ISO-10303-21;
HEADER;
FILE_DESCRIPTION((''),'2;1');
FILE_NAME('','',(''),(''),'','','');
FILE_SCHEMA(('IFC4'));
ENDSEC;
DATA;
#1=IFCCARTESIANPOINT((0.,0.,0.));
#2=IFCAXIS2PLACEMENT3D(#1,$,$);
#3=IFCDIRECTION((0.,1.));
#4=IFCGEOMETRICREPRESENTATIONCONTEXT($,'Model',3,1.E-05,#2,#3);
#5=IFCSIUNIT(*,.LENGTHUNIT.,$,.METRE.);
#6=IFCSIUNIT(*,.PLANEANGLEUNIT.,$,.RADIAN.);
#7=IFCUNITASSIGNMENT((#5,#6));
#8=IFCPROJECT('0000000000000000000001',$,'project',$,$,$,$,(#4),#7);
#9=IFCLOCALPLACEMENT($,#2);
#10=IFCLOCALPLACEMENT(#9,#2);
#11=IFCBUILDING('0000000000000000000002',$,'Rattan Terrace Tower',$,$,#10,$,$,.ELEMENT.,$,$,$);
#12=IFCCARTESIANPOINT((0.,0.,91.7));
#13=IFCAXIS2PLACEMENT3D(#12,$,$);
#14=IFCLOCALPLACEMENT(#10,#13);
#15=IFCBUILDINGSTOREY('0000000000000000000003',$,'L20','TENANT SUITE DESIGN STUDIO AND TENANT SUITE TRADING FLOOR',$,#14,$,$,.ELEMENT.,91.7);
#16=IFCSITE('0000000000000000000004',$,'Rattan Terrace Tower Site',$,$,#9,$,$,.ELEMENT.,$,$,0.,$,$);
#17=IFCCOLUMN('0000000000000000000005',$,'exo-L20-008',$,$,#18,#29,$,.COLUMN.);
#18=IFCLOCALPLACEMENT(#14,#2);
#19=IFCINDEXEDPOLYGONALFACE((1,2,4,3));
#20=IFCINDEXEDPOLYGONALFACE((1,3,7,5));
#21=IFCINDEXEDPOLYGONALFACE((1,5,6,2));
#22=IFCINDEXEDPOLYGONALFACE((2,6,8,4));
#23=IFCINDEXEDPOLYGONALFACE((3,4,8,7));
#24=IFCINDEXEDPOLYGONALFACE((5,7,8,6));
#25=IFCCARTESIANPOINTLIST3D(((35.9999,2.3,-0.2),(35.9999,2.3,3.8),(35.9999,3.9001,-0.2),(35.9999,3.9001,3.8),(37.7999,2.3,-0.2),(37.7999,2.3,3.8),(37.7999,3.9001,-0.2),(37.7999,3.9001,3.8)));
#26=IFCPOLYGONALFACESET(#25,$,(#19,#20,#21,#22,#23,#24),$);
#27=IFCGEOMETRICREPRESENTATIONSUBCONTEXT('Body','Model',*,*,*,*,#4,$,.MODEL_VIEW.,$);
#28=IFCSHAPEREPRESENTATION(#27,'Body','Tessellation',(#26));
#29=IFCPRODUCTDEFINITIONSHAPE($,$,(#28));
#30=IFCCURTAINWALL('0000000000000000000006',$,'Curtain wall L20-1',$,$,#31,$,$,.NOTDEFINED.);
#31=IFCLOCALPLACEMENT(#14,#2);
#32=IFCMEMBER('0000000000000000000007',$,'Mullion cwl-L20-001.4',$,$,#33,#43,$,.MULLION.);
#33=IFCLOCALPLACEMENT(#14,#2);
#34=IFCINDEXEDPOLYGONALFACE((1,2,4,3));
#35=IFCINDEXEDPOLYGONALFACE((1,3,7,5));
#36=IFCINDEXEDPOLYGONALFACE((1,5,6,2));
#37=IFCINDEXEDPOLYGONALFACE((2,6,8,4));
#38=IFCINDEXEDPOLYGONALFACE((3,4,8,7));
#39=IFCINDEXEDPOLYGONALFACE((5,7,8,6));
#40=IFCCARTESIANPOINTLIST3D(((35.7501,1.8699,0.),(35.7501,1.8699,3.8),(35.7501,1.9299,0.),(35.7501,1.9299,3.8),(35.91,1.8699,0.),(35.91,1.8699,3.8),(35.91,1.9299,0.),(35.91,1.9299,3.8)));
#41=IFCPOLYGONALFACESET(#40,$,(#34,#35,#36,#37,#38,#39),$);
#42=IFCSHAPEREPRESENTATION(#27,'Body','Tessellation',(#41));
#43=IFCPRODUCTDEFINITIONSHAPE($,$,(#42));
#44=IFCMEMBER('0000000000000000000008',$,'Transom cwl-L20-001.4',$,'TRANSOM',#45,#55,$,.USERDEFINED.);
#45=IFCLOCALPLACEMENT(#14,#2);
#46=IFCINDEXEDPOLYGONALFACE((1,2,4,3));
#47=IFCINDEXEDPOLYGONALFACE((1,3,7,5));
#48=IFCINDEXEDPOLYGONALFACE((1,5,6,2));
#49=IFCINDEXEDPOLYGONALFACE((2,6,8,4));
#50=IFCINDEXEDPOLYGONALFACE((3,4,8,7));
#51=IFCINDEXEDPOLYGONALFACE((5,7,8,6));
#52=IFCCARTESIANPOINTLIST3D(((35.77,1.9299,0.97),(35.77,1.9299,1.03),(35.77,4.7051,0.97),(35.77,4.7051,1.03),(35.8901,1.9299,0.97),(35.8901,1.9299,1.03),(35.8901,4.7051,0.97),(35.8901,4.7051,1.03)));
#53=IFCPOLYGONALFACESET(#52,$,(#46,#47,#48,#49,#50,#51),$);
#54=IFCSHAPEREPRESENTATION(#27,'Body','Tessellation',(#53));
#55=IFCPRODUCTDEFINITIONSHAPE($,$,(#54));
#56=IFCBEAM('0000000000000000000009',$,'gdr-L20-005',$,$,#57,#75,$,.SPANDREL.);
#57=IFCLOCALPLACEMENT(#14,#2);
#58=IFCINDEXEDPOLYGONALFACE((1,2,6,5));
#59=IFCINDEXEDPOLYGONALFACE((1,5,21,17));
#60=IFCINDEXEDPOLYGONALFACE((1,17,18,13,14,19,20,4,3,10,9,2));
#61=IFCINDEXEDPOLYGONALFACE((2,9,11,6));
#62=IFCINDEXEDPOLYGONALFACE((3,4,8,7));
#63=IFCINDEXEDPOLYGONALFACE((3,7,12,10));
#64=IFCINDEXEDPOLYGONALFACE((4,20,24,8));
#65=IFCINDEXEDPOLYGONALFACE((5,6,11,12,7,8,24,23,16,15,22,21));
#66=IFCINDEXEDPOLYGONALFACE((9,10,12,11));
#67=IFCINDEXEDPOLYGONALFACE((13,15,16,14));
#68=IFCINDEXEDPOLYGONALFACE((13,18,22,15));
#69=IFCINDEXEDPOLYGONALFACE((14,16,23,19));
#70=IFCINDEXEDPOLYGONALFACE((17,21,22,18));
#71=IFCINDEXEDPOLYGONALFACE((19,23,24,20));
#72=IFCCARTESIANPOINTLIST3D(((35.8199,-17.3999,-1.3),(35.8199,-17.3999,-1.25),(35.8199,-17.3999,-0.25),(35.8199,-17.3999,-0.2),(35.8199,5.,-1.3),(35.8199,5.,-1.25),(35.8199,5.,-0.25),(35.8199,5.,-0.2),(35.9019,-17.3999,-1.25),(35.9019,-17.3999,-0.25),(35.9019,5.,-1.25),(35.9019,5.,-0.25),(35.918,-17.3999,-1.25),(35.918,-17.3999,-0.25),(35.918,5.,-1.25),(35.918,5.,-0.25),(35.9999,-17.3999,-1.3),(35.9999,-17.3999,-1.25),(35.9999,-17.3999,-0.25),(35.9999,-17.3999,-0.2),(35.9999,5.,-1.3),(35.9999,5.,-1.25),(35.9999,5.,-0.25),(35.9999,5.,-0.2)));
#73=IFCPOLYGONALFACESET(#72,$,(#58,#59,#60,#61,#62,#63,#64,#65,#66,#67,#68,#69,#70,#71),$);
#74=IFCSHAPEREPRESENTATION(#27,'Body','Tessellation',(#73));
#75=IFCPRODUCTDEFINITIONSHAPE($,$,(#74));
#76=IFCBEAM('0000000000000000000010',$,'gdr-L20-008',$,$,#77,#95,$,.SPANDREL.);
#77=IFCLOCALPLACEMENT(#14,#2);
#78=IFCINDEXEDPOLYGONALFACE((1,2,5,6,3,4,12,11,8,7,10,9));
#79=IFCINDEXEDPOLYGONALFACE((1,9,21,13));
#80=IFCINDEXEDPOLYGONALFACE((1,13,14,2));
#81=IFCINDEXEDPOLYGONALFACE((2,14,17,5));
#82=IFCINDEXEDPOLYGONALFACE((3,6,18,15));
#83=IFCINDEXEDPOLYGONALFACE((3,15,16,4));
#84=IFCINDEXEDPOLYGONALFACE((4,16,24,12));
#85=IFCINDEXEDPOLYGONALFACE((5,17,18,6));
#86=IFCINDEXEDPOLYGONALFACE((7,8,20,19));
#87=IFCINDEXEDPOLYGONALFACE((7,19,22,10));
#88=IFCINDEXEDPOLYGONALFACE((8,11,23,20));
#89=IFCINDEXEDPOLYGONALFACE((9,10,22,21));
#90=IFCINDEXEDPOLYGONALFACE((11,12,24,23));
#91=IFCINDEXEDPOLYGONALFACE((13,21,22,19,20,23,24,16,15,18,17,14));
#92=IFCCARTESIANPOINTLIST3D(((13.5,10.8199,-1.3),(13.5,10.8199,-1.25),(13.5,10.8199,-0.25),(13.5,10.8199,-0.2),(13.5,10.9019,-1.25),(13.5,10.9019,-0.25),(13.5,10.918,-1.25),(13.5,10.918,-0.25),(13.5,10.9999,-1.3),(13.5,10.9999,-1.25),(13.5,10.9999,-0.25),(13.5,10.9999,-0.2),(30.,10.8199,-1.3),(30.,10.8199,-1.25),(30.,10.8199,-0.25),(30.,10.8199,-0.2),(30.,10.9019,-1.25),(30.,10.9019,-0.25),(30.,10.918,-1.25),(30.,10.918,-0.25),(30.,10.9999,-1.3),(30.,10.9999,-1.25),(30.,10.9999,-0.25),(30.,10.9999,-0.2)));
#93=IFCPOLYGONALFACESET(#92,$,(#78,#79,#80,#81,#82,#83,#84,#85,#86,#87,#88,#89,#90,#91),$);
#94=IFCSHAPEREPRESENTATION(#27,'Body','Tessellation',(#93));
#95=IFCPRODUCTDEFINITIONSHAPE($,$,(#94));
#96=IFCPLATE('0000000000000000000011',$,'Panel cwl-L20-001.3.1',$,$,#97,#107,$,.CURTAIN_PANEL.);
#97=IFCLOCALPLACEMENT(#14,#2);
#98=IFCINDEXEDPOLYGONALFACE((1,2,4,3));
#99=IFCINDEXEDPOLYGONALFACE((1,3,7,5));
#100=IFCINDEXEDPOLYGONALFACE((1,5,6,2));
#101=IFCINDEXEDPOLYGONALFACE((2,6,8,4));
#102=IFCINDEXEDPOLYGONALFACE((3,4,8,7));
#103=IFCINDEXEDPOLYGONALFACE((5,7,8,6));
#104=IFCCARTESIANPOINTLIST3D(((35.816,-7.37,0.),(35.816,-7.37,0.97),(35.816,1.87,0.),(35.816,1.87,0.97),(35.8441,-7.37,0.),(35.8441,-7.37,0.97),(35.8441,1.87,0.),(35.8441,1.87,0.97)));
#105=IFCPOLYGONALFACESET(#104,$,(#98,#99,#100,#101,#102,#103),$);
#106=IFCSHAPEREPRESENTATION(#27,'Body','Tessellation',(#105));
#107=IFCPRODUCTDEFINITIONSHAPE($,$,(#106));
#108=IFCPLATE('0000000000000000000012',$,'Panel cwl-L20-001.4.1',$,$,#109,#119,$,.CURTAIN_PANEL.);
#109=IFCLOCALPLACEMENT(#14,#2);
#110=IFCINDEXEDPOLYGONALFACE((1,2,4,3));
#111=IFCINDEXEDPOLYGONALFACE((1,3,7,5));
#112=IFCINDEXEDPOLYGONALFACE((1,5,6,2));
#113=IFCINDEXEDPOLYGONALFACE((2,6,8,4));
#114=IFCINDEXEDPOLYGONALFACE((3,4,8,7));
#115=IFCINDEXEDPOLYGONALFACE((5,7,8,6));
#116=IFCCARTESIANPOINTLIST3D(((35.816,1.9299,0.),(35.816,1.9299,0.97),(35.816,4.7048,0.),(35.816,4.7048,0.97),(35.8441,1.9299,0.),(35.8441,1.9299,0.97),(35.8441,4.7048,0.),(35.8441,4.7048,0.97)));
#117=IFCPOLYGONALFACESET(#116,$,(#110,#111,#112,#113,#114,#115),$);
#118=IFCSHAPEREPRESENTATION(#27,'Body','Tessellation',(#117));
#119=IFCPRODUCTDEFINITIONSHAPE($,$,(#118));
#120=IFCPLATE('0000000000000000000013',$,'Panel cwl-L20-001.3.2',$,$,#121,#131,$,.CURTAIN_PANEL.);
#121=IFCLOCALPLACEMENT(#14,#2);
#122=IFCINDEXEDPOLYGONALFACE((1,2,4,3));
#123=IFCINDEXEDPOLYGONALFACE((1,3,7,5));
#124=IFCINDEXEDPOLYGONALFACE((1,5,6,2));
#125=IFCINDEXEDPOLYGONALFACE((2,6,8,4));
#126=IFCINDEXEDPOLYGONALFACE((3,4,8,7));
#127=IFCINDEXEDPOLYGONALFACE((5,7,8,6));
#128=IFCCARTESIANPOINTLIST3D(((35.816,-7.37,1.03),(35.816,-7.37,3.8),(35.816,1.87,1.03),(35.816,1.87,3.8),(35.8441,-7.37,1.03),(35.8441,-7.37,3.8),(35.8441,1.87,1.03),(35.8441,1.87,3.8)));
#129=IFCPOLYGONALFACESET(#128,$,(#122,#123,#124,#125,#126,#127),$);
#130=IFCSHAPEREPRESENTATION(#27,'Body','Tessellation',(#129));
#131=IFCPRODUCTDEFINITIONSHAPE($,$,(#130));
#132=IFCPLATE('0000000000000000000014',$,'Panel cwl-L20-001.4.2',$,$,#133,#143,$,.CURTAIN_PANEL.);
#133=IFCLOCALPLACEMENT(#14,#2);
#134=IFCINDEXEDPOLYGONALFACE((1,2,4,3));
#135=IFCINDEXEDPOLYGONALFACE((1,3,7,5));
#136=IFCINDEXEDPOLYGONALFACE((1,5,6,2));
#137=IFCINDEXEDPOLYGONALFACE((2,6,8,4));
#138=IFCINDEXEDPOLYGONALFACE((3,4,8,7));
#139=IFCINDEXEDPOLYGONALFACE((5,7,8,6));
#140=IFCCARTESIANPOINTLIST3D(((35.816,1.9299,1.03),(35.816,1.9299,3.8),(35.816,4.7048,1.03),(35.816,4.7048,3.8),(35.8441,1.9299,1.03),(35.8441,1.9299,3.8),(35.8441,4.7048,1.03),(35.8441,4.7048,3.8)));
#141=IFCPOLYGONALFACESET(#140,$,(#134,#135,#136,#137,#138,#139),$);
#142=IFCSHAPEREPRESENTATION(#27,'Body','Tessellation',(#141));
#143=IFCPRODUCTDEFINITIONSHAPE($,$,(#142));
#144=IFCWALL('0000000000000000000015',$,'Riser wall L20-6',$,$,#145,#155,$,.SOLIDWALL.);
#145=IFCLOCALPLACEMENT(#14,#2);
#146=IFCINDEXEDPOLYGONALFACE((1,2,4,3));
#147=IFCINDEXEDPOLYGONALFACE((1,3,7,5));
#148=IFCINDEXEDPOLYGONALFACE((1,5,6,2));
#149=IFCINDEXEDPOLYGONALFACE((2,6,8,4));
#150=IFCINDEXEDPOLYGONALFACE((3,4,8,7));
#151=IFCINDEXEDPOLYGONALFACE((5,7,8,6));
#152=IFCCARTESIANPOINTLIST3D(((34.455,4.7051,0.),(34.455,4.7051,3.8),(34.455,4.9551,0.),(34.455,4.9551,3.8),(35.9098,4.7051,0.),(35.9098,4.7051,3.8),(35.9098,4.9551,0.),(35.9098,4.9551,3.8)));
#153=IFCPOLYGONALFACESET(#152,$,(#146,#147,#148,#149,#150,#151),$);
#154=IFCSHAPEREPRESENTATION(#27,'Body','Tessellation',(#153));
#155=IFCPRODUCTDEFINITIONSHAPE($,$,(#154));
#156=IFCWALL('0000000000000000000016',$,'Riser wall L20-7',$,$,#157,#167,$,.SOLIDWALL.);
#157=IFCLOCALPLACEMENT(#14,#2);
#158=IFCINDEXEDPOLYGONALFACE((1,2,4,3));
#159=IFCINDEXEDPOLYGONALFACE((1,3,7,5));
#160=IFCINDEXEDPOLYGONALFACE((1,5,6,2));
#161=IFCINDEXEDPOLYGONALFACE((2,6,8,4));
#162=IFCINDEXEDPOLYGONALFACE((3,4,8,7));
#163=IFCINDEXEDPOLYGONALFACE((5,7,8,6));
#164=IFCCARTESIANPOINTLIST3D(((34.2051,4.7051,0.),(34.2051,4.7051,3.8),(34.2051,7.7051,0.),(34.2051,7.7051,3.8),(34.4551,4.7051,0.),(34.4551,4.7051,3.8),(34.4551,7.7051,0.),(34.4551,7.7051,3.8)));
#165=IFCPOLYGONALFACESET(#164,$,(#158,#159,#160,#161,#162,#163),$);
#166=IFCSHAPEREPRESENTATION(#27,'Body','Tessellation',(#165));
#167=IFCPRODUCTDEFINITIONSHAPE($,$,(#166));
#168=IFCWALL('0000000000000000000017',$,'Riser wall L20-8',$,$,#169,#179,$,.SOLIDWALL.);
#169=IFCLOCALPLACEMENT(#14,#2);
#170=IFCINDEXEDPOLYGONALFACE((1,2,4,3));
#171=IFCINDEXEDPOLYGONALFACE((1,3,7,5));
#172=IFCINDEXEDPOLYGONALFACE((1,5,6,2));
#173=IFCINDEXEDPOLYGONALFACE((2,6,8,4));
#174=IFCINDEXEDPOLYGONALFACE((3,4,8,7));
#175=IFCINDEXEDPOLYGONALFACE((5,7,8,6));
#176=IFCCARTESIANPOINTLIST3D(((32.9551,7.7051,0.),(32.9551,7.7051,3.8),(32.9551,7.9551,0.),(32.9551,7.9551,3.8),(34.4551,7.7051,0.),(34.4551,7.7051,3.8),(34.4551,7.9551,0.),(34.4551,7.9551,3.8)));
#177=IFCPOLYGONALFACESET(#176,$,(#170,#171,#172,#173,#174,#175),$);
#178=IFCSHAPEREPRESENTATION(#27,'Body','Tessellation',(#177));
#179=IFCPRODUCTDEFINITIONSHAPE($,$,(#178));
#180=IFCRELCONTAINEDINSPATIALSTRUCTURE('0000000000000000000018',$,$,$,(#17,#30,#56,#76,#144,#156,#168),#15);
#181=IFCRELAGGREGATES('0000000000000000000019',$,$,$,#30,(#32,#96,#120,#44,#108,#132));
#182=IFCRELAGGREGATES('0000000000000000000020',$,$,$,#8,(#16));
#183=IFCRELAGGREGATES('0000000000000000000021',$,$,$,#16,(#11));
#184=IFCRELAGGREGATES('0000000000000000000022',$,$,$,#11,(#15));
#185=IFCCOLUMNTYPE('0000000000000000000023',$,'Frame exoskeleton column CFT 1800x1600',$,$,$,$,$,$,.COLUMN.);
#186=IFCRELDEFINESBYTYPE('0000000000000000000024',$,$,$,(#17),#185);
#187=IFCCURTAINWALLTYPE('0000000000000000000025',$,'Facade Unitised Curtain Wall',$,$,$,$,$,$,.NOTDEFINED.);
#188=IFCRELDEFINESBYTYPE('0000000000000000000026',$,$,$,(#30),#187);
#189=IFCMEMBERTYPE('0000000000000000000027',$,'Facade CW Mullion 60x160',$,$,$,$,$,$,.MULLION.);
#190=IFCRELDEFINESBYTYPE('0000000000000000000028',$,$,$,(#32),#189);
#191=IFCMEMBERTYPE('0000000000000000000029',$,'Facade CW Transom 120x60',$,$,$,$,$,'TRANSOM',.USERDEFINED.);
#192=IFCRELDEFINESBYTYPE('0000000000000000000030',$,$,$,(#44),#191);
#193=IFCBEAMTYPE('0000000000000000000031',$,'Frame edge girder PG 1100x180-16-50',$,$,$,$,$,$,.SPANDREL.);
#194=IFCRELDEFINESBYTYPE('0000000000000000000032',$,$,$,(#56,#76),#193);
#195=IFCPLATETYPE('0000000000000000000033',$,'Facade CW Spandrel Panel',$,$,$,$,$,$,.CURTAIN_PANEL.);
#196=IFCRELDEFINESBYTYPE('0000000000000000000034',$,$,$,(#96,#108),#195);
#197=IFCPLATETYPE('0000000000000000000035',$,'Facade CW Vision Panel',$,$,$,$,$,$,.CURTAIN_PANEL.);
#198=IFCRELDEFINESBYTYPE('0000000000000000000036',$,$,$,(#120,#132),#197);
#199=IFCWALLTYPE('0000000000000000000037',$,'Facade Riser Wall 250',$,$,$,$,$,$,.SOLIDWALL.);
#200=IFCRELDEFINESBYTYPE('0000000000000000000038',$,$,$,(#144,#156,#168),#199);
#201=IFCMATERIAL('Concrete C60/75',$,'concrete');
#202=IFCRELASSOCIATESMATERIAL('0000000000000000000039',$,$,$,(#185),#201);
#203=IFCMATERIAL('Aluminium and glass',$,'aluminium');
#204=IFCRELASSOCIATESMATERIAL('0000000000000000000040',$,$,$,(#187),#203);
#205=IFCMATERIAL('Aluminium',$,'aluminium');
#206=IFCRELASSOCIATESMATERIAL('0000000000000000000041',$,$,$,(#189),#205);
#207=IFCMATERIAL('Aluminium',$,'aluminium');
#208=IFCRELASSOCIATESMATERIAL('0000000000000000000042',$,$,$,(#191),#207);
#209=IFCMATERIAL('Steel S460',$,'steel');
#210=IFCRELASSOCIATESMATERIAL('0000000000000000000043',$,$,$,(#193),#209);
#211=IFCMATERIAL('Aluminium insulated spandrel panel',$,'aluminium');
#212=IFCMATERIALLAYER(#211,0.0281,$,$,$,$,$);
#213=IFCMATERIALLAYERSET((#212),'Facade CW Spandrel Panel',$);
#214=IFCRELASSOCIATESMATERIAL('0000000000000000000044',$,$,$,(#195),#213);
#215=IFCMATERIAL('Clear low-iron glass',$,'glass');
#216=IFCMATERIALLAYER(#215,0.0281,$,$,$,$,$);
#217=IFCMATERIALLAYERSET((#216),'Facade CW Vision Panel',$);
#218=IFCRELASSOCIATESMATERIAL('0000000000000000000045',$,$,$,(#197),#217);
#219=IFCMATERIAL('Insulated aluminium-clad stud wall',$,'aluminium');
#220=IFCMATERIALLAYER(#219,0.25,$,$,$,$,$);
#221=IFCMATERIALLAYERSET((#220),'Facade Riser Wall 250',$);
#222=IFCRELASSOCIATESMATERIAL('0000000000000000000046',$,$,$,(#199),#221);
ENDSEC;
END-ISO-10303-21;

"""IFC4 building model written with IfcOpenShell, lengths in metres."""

from ifc_helpers import new_model, si_unit, direction, frame, frame_2d, origin, origin_2d, place, context, subcontext, project, spatial, rectangle, i_section, extrude, material, layer, layer_set, material_profile, profile_set, type_object, element, aggregate, save


model = new_model("IFC4")

# Units and contexts
model_context = context("Model", 3, precision=1e-05, world=origin(), true_north=direction((0.0, 1.0)))
body_context = subcontext(model_context, "Body", "Model", "MODEL_VIEW")
ifc_project = project(units=[si_unit("LENGTHUNIT", "METRE"), si_unit("PLANEANGLEUNIT", "RADIAN")], contexts=[model_context])

# Site, building, storey
site_placement = place(None, origin())
site = spatial("IfcSite", under=ifc_project, at=site_placement, Name="Rattan Terrace Tower Site", CompositionType="ELEMENT", RefElevation=0.0)
building_placement = place(site_placement, origin())
building = spatial("IfcBuilding", under=site, at=building_placement, Name="Rattan Terrace Tower", CompositionType="ELEMENT")
storey_placement = place(building_placement, frame((0.0, 0.0, 91.7)))
storey = spatial("IfcBuildingStorey", under=building, at=storey_placement, Name="L20", Description="TENANT SUITE DESIGN STUDIO AND TENANT SUITE TRADING FLOOR", CompositionType="ELEMENT", Elevation=91.7)

# Column
ifc_material_1 = material(Name="Concrete C60/75", Category="concrete")
ifc_material_profile_1 = material_profile(ifc_material_1, rectangle(XDim=1.6001, YDim=1.8, at=origin_2d()), Name="CFT 1800x1600")
ifc_profile_set_1 = profile_set([ifc_material_profile_1], Name="Concrete C60/75")
column_type = type_object("IfcColumnType", Name="Frame exoskeleton column CFT 1800x1600", PredefinedType="COLUMN", material=ifc_profile_set_1)
column_placement = place(storey_placement, frame((36.8999, 3.1001, -0.2), z_axis=(0.0, 0.0, 1.0), x_axis=(0.0, 1.0, 0.0)))
element("IfcColumn", 1, at=column_placement, inside=storey, type_object=column_type, Name="exo-L20-008", PredefinedType="COLUMN", context=body_context, shape_type="SweptSolid", body=[
    extrude(rectangle(XDim=1.6001, YDim=1.8, at=origin_2d()), origin(), (0.0, 0.0, 1.0), 4.0),
])

# Curtain wall, members
ifc_material_2 = material(Name="Aluminium and glass", Category="aluminium")
curtain_wall_type = type_object("IfcCurtainWallType", Name="Facade Unitised Curtain Wall", PredefinedType="NOTDEFINED", material=ifc_material_2)
curtain_wall_placement = place(storey_placement, origin())
curtain_wall = element("IfcCurtainWall", 2, at=curtain_wall_placement, inside=storey, type_object=curtain_wall_type, Name="Curtain wall L20-1", PredefinedType="NOTDEFINED")
ifc_material_3 = material(Name="Aluminium", Category="aluminium")
ifc_material_profile_2 = material_profile(ifc_material_3, rectangle(XDim=0.0601, YDim=0.1599, at=origin_2d()), Name="Aluminium 60x160")
ifc_profile_set_2 = profile_set([ifc_material_profile_2], Name="Aluminium")
member_type_1 = type_object("IfcMemberType", Name="Facade CW Mullion 60x160", PredefinedType="MULLION", material=ifc_profile_set_2)
member_1_placement = place(storey_placement, frame((35.8301, 1.8999, 0.0), z_axis=(0.0, 0.0, 1.0), x_axis=(0.0, 1.0, 0.0)))
member_1 = element("IfcMember", 3, at=member_1_placement, type_object=member_type_1, Name="Mullion cwl-L20-001.4", PredefinedType="MULLION", context=body_context, shape_type="SweptSolid", body=[
    extrude(rectangle(XDim=0.0601, YDim=0.1599, at=origin_2d()), origin(), (0.0, 0.0, 1.0), 3.8),
])
ifc_material_4 = material(Name="Aluminium", Category="aluminium")
ifc_material_profile_3 = material_profile(ifc_material_4, rectangle(XDim=0.1201, YDim=0.0601, at=origin_2d()), Name="Aluminium 120x60")
ifc_profile_set_3 = profile_set([ifc_material_profile_3], Name="Aluminium")
member_type_2 = type_object("IfcMemberType", Name="Facade CW Transom 120x60", ElementType="TRANSOM", PredefinedType="USERDEFINED", material=ifc_profile_set_3)
member_2_placement = place(storey_placement, frame((35.8301, 1.9299, 1.0), z_axis=(0.0, 1.0, 0.0), x_axis=(-1.0, 0.0, 0.0)))
member_2 = element("IfcMember", 4, at=member_2_placement, type_object=member_type_2, Name="Transom cwl-L20-001.4", ObjectType="TRANSOM", PredefinedType="USERDEFINED", context=body_context, shape_type="SweptSolid", body=[
    extrude(rectangle(XDim=0.1201, YDim=0.0601, at=origin_2d()), origin(), (0.0, 0.0, 1.0), 2.7751),
])

# Beams
ifc_material_5 = material(Name="Steel S460", Category="steel")
ifc_material_profile_4 = material_profile(ifc_material_5, i_section(OverallWidth=0.1799, OverallDepth=1.1001, WebThickness=0.0161, FlangeThickness=0.05, at=origin_2d()), Name="PG 1100x180-16-50")
ifc_profile_set_4 = profile_set([ifc_material_profile_4], Name="Steel S460")
beam_type = type_object("IfcBeamType", Name="Frame edge girder PG 1100x180-16-50", PredefinedType="SPANDREL", material=ifc_profile_set_4)
beam_1_placement = place(storey_placement, frame((35.9099, 5.0, -0.75), z_axis=(0.0, -1.0, 0.0), x_axis=(1.0, 0.0, 0.0)))
element("IfcBeam", 5, at=beam_1_placement, inside=storey, type_object=beam_type, Name="gdr-L20-005", PredefinedType="SPANDREL", context=body_context, shape_type="SweptSolid", body=[
    extrude(i_section(OverallWidth=0.1799, OverallDepth=1.1001, WebThickness=0.0161, FlangeThickness=0.05, at=origin_2d()), origin(), (0.0, 0.0, 1.0), 22.3999),
])
beam_2_placement = place(storey_placement, frame((30.0, 10.9099, -0.75), z_axis=(-1.0, 0.0, 0.0), x_axis=(0.0, -1.0, 0.0)))
element("IfcBeam", 6, at=beam_2_placement, inside=storey, type_object=beam_type, Name="gdr-L20-008", PredefinedType="SPANDREL", context=body_context, shape_type="SweptSolid", body=[
    extrude(i_section(OverallWidth=0.1799, OverallDepth=1.1001, WebThickness=0.0161, FlangeThickness=0.05, at=origin_2d()), origin(), (0.0, 0.0, 1.0), 16.5),
])

# Plates
ifc_material_6 = material(Name="Aluminium insulated spandrel panel", Category="aluminium")
ifc_layer_1 = layer(ifc_material_6, 0.0281)
ifc_layer_set_1 = layer_set([ifc_layer_1], Name="Facade CW Spandrel Panel")
plate_type_1 = type_object("IfcPlateType", Name="Facade CW Spandrel Panel", PredefinedType="CURTAIN_PANEL", material=ifc_layer_set_1)
plate_1_placement = place(storey_placement, frame((35.8301, -2.75, 0.0), z_axis=(0.0, 0.0, 1.0), x_axis=(0.0, 1.0, 0.0)))
plate_1 = element("IfcPlate", 7, at=plate_1_placement, type_object=plate_type_1, Name="Panel cwl-L20-001.3.1", PredefinedType="CURTAIN_PANEL", context=body_context, shape_type="SweptSolid", body=[
    extrude(rectangle(XDim=9.24, YDim=0.0281, at=origin_2d()), origin(), (0.0, 0.0, 1.0), 0.97),
])
plate_2_placement = place(storey_placement, frame((35.8301, 3.3174, 0.0), z_axis=(0.0, 0.0, 1.0), x_axis=(0.0, 1.0, 0.0)))
plate_2 = element("IfcPlate", 8, at=plate_2_placement, type_object=plate_type_1, Name="Panel cwl-L20-001.4.1", PredefinedType="CURTAIN_PANEL", context=body_context, shape_type="SweptSolid", body=[
    extrude(rectangle(XDim=2.7749, YDim=0.0281, at=origin_2d()), origin(), (0.0, 0.0, 1.0), 0.97),
])
ifc_material_7 = material(Name="Clear low-iron glass", Category="glass")
ifc_layer_2 = layer(ifc_material_7, 0.0281)
ifc_layer_set_2 = layer_set([ifc_layer_2], Name="Facade CW Vision Panel")
plate_type_2 = type_object("IfcPlateType", Name="Facade CW Vision Panel", PredefinedType="CURTAIN_PANEL", material=ifc_layer_set_2)
plate_3_placement = place(storey_placement, frame((35.8301, -2.75, 1.03), z_axis=(0.0, 0.0, 1.0), x_axis=(0.0, 1.0, 0.0)))
plate_3 = element("IfcPlate", 9, at=plate_3_placement, type_object=plate_type_2, Name="Panel cwl-L20-001.3.2", PredefinedType="CURTAIN_PANEL", context=body_context, shape_type="SweptSolid", body=[
    extrude(rectangle(XDim=9.24, YDim=0.0281, at=origin_2d()), origin(), (0.0, 0.0, 1.0), 2.77),
])
plate_4_placement = place(storey_placement, frame((35.8301, 3.3174, 1.03), z_axis=(0.0, 0.0, 1.0), x_axis=(0.0, 1.0, 0.0)))
plate_4 = element("IfcPlate", 10, at=plate_4_placement, type_object=plate_type_2, Name="Panel cwl-L20-001.4.2", PredefinedType="CURTAIN_PANEL", context=body_context, shape_type="SweptSolid", body=[
    extrude(rectangle(XDim=2.7749, YDim=0.0281, at=origin_2d()), origin(), (0.0, 0.0, 1.0), 2.77),
])
aggregate(curtain_wall, [member_1, plate_1, plate_3, member_2, plate_2, plate_4])

# Walls
ifc_material_8 = material(Name="Insulated aluminium-clad stud wall", Category="aluminium")
ifc_layer_3 = layer(ifc_material_8, 0.25)
ifc_layer_set_3 = layer_set([ifc_layer_3], Name="Facade Riser Wall 250")
wall_type = type_object("IfcWallType", Name="Facade Riser Wall 250", PredefinedType="SOLIDWALL", material=ifc_layer_set_3)
wall_1_placement = place(storey_placement, frame((35.9099, 4.8301, 0.0), z_axis=(0.0, 0.0, 1.0), x_axis=(-1.0, 0.0, 0.0)))
element("IfcWall", 11, at=wall_1_placement, inside=storey, type_object=wall_type, Name="Riser wall L20-6", PredefinedType="SOLIDWALL", context=body_context, shape_type="SweptSolid", body=[
    extrude(rectangle(XDim=1.4548, YDim=0.25, at=frame_2d((0.7275, 0.0))), origin(), (0.0, 0.0, 1.0), 3.8),
])
wall_2_placement = place(storey_placement, frame((34.3301, 4.7051, 0.0), z_axis=(0.0, 0.0, 1.0), x_axis=(0.0, 1.0, 0.0)))
element("IfcWall", 12, at=wall_2_placement, inside=storey, type_object=wall_type, Name="Riser wall L20-7", PredefinedType="SOLIDWALL", context=body_context, shape_type="SweptSolid", body=[
    extrude(rectangle(XDim=3.0, YDim=0.25, at=frame_2d((1.5, 0.0))), origin(), (0.0, 0.0, 1.0), 3.8),
])
wall_3_placement = place(storey_placement, frame((34.4551, 7.8301, 0.0), z_axis=(0.0, 0.0, 1.0), x_axis=(-1.0, 0.0, 0.0)))
element("IfcWall", 13, at=wall_3_placement, inside=storey, type_object=wall_type, Name="Riser wall L20-8", PredefinedType="SOLIDWALL", context=body_context, shape_type="SweptSolid", body=[
    extrude(rectangle(XDim=1.5, YDim=0.25, at=frame_2d((0.75, 0.0))), origin(), (0.0, 0.0, 1.0), 3.8),
])

save(model, "model.ifc")
